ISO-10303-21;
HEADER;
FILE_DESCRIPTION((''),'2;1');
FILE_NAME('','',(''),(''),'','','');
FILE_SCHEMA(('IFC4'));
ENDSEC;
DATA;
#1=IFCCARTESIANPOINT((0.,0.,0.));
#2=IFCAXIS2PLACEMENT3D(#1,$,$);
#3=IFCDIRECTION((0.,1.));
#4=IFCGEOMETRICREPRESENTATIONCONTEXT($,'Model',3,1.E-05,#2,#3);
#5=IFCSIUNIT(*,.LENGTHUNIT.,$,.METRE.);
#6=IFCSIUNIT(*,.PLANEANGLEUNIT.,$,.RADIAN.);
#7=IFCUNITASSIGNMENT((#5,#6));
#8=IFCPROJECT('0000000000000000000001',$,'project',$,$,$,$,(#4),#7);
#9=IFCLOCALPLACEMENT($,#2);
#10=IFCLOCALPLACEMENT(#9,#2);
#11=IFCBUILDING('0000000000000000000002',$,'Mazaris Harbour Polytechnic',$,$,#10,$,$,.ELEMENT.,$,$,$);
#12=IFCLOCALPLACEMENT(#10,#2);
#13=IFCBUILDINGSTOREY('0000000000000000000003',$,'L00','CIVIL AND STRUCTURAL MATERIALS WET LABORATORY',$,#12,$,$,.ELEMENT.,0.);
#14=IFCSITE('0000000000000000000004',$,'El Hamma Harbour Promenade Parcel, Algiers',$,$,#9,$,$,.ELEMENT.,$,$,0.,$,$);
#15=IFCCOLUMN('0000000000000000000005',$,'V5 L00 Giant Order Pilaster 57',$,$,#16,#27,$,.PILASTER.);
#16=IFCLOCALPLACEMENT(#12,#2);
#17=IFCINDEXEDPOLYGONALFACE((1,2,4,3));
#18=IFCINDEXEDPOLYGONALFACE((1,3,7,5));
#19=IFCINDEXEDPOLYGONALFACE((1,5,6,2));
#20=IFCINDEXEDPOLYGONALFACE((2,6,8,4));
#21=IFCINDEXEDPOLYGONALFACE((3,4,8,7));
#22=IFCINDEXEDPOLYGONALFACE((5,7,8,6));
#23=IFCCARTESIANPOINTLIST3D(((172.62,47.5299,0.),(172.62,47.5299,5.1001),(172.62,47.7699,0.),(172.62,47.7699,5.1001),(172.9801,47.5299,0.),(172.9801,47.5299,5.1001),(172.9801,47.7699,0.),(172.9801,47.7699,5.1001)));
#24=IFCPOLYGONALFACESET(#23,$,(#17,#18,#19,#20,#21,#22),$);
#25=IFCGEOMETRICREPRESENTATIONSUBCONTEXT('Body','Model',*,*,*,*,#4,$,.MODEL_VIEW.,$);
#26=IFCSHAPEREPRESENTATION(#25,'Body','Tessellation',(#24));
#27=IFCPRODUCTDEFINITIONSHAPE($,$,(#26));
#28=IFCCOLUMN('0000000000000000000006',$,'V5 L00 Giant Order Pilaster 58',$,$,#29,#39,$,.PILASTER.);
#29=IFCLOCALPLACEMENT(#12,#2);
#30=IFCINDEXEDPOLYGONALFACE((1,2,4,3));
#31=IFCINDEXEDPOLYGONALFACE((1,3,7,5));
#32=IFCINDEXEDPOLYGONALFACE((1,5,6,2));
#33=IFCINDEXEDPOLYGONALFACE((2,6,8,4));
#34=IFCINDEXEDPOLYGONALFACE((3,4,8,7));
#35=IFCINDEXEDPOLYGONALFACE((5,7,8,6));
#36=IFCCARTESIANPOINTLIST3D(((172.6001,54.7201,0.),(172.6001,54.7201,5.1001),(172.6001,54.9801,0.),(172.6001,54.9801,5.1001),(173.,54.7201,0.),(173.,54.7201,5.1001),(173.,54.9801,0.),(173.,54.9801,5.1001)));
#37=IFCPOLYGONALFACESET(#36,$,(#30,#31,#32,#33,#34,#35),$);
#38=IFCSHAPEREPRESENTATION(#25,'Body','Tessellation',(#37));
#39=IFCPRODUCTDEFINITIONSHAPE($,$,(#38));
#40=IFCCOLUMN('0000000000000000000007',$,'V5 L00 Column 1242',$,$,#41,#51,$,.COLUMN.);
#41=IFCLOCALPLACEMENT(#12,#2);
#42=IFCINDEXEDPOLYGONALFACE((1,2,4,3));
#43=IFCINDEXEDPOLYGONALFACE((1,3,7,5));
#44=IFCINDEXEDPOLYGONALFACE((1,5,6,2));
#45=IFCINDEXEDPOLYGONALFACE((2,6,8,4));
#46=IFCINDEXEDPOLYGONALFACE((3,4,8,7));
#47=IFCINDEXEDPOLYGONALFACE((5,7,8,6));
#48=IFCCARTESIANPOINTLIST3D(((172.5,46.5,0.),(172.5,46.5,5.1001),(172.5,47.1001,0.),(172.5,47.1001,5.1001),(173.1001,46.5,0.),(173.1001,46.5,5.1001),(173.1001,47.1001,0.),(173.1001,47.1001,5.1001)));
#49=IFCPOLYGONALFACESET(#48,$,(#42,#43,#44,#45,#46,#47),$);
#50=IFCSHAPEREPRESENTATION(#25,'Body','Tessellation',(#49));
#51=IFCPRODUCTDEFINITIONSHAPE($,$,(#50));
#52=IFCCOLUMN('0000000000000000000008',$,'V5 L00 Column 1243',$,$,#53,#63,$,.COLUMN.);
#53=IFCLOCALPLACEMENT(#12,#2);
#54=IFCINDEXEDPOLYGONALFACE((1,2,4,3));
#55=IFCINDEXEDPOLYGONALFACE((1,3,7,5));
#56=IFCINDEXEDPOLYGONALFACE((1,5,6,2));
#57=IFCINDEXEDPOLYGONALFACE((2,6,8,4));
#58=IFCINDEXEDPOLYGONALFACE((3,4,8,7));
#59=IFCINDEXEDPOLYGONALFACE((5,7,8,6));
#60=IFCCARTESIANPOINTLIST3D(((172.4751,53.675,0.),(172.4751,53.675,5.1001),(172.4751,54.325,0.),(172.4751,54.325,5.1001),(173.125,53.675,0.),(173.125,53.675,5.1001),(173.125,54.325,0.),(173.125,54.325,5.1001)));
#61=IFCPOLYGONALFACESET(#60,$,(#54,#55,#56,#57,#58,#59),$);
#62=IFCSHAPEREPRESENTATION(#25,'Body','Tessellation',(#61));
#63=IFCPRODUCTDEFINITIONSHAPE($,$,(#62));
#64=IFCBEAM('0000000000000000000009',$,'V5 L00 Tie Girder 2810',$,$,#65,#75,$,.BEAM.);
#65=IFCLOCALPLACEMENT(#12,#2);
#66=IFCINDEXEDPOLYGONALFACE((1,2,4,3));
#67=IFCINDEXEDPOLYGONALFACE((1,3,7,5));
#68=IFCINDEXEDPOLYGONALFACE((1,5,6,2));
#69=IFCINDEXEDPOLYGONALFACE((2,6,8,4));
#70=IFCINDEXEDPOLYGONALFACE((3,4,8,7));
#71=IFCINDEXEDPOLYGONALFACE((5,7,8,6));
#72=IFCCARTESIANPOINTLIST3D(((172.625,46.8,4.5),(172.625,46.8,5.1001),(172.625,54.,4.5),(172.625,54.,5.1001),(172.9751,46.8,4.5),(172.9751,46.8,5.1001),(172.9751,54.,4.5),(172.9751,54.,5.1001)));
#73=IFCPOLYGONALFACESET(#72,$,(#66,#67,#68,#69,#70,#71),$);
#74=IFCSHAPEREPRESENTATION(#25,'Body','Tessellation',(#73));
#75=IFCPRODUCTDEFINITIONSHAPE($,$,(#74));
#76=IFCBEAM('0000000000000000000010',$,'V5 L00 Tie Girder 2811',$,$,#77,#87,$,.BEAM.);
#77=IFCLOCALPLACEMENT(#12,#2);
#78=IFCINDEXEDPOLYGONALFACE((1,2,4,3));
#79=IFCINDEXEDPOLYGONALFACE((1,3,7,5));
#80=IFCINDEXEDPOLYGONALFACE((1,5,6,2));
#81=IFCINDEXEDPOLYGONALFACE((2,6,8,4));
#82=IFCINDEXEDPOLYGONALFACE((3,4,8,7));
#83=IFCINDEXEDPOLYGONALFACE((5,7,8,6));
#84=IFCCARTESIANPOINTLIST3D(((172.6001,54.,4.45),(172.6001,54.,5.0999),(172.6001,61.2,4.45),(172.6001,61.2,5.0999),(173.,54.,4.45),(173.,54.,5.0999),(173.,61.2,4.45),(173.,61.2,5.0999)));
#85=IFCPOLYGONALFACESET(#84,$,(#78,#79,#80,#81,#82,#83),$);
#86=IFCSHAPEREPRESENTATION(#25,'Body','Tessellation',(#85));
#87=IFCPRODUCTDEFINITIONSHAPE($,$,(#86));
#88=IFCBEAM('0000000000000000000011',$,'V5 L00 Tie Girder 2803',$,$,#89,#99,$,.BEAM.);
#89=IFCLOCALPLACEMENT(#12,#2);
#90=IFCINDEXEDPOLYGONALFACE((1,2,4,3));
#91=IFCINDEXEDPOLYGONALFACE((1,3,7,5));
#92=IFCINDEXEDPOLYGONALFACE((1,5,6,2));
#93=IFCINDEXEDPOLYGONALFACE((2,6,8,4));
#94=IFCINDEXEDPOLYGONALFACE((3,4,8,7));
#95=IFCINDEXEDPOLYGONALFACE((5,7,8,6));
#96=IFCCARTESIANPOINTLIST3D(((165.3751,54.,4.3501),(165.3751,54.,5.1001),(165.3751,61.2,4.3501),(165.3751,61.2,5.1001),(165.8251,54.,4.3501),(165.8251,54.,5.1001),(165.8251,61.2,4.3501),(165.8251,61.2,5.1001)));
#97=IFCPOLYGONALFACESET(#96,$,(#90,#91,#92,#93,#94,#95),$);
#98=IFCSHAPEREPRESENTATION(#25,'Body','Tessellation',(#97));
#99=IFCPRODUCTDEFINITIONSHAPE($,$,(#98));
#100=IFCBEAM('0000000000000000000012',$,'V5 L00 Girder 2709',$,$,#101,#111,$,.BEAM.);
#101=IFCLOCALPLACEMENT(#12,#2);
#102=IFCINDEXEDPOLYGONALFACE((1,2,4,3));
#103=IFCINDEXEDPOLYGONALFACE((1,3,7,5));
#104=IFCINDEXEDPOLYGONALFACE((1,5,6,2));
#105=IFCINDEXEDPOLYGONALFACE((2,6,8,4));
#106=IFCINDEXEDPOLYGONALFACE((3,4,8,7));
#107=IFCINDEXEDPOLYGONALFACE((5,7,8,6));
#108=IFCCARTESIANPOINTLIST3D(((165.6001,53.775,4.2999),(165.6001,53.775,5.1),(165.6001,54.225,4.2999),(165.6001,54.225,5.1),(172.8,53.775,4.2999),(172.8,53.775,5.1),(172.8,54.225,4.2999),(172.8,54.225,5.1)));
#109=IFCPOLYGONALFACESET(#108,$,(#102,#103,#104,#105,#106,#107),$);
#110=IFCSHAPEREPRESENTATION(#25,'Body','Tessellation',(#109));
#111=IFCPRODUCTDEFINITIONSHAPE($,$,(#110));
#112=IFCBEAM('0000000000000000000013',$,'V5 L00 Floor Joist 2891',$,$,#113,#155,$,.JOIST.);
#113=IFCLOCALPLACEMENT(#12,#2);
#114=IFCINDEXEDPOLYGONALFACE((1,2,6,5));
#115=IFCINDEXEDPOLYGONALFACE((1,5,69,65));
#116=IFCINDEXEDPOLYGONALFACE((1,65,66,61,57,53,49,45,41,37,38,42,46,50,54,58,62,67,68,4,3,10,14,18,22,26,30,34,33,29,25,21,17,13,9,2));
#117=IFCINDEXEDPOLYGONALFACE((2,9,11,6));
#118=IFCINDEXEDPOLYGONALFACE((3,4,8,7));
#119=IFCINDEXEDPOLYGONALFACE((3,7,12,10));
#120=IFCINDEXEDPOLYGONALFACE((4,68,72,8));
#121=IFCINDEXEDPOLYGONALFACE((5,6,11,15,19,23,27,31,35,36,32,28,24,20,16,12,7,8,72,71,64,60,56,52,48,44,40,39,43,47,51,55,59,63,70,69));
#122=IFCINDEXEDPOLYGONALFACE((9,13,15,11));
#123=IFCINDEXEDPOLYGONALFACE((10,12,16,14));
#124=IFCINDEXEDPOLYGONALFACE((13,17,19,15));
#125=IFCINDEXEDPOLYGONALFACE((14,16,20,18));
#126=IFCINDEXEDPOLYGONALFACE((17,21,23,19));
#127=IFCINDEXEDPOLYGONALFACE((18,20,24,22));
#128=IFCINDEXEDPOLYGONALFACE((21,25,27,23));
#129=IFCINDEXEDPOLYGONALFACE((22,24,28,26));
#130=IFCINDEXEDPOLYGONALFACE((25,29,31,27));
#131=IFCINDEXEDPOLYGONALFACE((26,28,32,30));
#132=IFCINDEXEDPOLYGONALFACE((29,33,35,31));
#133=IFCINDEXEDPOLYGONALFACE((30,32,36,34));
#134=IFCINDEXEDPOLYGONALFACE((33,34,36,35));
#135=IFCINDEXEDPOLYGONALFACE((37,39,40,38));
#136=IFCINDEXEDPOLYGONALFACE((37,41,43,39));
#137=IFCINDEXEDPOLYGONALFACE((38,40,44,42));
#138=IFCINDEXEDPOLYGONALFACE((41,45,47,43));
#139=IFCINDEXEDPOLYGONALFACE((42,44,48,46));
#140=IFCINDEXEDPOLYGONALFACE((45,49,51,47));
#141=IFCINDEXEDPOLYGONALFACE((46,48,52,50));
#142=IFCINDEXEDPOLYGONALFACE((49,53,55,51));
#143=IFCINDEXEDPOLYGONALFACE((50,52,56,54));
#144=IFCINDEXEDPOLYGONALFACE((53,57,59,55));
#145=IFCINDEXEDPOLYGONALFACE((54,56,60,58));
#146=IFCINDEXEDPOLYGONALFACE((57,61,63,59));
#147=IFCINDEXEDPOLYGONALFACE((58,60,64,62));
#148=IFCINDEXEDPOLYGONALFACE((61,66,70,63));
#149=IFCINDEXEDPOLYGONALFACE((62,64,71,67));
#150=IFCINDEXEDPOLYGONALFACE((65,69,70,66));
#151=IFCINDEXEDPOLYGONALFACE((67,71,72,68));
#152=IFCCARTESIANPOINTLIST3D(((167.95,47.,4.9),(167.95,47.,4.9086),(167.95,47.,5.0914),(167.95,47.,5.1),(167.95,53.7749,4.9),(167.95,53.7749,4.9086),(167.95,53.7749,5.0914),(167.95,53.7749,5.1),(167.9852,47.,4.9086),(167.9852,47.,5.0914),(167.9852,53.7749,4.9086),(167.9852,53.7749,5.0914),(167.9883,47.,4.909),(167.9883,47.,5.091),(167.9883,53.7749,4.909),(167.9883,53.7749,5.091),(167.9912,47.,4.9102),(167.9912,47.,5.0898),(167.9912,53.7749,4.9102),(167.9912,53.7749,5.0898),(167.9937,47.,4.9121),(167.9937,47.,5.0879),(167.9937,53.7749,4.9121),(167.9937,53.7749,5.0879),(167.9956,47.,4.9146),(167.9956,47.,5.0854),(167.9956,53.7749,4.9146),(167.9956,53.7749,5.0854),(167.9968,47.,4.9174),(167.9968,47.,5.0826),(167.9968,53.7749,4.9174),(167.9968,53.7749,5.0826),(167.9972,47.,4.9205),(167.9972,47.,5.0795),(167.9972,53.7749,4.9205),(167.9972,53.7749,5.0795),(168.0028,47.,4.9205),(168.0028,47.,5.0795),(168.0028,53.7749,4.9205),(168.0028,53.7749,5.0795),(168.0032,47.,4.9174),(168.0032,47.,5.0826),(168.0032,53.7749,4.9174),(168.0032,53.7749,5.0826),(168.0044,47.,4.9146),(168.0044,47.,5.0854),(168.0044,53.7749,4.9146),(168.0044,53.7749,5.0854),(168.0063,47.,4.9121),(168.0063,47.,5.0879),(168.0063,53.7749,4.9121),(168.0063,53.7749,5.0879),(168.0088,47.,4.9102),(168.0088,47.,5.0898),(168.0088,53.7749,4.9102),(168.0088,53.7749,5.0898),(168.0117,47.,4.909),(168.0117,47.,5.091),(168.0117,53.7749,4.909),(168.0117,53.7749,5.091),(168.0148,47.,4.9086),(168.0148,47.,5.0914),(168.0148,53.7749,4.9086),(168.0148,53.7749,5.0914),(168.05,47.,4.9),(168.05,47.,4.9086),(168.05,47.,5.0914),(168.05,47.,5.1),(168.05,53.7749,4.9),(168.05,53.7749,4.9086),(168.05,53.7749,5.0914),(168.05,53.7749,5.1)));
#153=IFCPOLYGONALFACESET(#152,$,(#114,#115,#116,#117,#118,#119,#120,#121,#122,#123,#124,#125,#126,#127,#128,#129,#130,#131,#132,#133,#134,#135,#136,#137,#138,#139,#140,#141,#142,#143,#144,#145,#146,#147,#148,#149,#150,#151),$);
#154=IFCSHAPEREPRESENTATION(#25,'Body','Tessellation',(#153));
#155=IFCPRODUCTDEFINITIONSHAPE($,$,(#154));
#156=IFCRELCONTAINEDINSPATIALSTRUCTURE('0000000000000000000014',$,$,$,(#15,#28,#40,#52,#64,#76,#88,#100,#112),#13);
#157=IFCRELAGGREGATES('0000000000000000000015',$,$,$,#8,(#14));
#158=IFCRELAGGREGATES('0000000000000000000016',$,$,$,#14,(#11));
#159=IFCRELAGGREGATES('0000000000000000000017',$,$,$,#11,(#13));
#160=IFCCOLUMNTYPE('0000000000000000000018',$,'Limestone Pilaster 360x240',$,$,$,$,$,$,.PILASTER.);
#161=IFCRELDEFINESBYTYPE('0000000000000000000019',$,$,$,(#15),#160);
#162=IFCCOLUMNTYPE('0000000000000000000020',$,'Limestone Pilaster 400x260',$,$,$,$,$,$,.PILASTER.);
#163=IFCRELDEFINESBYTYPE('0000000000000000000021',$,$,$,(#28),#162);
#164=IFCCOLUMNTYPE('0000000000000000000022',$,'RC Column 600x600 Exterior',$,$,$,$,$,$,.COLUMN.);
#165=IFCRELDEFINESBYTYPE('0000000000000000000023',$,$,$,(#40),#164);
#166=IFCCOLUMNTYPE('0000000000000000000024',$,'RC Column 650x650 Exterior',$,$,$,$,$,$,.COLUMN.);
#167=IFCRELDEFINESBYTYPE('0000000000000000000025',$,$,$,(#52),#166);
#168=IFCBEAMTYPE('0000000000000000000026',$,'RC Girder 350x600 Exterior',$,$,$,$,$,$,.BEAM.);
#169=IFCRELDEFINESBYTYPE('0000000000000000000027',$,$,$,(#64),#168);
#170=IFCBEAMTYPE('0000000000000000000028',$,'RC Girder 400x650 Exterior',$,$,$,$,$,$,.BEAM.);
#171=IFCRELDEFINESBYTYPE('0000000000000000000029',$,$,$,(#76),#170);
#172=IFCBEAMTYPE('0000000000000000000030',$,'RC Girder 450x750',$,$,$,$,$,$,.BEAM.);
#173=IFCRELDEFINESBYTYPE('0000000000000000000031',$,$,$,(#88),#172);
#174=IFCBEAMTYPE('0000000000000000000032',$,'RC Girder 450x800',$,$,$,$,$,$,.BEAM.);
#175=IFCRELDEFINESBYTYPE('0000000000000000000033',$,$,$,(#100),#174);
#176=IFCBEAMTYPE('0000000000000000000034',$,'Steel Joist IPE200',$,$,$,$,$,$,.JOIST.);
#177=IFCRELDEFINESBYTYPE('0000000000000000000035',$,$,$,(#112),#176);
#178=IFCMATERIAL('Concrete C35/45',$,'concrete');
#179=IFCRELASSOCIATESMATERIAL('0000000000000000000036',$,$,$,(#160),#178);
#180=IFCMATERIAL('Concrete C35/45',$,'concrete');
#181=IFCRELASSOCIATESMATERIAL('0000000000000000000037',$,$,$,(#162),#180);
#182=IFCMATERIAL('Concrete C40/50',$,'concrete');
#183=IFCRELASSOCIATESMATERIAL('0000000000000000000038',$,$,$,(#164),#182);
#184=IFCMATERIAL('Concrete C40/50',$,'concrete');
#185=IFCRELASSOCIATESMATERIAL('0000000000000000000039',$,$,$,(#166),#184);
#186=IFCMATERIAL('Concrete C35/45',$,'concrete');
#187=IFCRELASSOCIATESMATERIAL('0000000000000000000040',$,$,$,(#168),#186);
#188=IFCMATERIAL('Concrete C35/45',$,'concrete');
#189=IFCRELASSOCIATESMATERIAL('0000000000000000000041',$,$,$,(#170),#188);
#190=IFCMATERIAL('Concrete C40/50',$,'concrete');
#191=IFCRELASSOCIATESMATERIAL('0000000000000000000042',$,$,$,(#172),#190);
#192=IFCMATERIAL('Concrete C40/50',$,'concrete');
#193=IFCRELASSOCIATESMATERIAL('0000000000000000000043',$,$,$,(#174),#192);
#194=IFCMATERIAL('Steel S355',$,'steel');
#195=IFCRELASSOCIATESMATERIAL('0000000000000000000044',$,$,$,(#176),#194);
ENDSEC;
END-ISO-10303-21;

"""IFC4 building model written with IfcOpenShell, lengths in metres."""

from ifc_helpers import new_model, si_unit, direction, frame, origin, origin_2d, place, context, subcontext, project, spatial, rectangle, i_section, extrude, material, material_profile, profile_set, type_object, element, save


model = new_model("IFC4")

# Units and contexts
model_context = context("Model", 3, precision=1e-05, world=origin(), true_north=direction((0.0, 1.0)))
body_context = subcontext(model_context, "Body", "Model", "MODEL_VIEW")
ifc_project = project(units=[si_unit("LENGTHUNIT", "METRE"), si_unit("PLANEANGLEUNIT", "RADIAN")], contexts=[model_context])

# Site, building, storey
site_placement = place(None, origin())
site = spatial("IfcSite", under=ifc_project, at=site_placement, Name="El Hamma Harbour Promenade Parcel, Algiers", CompositionType="ELEMENT", RefElevation=0.0)
building_placement = place(site_placement, origin())
building = spatial("IfcBuilding", under=site, at=building_placement, Name="Mazaris Harbour Polytechnic", CompositionType="ELEMENT")
storey_placement = place(building_placement, origin())
storey = spatial("IfcBuildingStorey", under=building, at=storey_placement, Name="L00", Description="CIVIL AND STRUCTURAL MATERIALS WET LABORATORY", CompositionType="ELEMENT", Elevation=0.0)

# Columns
ifc_material_1 = material(Name="Concrete C35/45", Category="concrete")
ifc_material_profile_1 = material_profile(ifc_material_1, rectangle(XDim=0.3601, YDim=0.24, at=origin_2d()), Name="RECT360x240")
ifc_profile_set_1 = profile_set([ifc_material_profile_1], Name="Concrete C35/45")
column_type_1 = type_object("IfcColumnType", Name="Limestone Pilaster 360x240", PredefinedType="PILASTER", material=ifc_profile_set_1)
column_1_placement = place(storey_placement, frame((172.8, 47.6499, 0.0), z_axis=(0.0, 0.0, 1.0), x_axis=(1.0, 0.0, 0.0)))
element("IfcColumn", 1, at=column_1_placement, inside=storey, type_object=column_type_1, Name="V5 L00 Giant Order Pilaster 57", PredefinedType="PILASTER", context=body_context, shape_type="SweptSolid", body=[
    extrude(rectangle(XDim=0.3601, YDim=0.24, at=origin_2d()), origin(), (0.0, 0.0, 1.0), 5.1001),
])
ifc_material_2 = material(Name="Concrete C35/45", Category="concrete")
ifc_material_profile_2 = material_profile(ifc_material_2, rectangle(XDim=0.3999, YDim=0.26, at=origin_2d()), Name="RECT400x260")
ifc_profile_set_2 = profile_set([ifc_material_profile_2], Name="Concrete C35/45")
column_type_2 = type_object("IfcColumnType", Name="Limestone Pilaster 400x260", PredefinedType="PILASTER", material=ifc_profile_set_2)
column_2_placement = place(storey_placement, frame((172.8, 54.8501, 0.0), z_axis=(0.0, 0.0, 1.0), x_axis=(1.0, 0.0, 0.0)))
element("IfcColumn", 2, at=column_2_placement, inside=storey, type_object=column_type_2, Name="V5 L00 Giant Order Pilaster 58", PredefinedType="PILASTER", context=body_context, shape_type="SweptSolid", body=[
    extrude(rectangle(XDim=0.3999, YDim=0.26, at=origin_2d()), origin(), (0.0, 0.0, 1.0), 5.1001),
])
ifc_material_3 = material(Name="Concrete C40/50", Category="concrete")
ifc_material_profile_3 = material_profile(ifc_material_3, rectangle(XDim=0.6001, YDim=0.6001, at=origin_2d()), Name="RECT600x600")
ifc_profile_set_3 = profile_set([ifc_material_profile_3], Name="Concrete C40/50")
column_type_3 = type_object("IfcColumnType", Name="RC Column 600x600 Exterior", PredefinedType="COLUMN", material=ifc_profile_set_3)
column_3_placement = place(storey_placement, frame((172.8, 46.8, 0.0), z_axis=(0.0, 0.0, 1.0), x_axis=(1.0, 0.0, 0.0)))
element("IfcColumn", 3, at=column_3_placement, inside=storey, type_object=column_type_3, Name="V5 L00 Column 1242", PredefinedType="COLUMN", context=body_context, shape_type="SweptSolid", body=[
    extrude(rectangle(XDim=0.6001, YDim=0.6001, at=origin_2d()), origin(), (0.0, 0.0, 1.0), 5.1001),
])
ifc_material_4 = material(Name="Concrete C40/50", Category="concrete")
ifc_material_profile_4 = material_profile(ifc_material_4, rectangle(XDim=0.6499, YDim=0.6499, at=origin_2d()), Name="RECT650x650")
ifc_profile_set_4 = profile_set([ifc_material_profile_4], Name="Concrete C40/50")
column_type_4 = type_object("IfcColumnType", Name="RC Column 650x650 Exterior", PredefinedType="COLUMN", material=ifc_profile_set_4)
column_4_placement = place(storey_placement, frame((172.8, 54.0, 0.0), z_axis=(0.0, 0.0, 1.0), x_axis=(1.0, 0.0, 0.0)))
element("IfcColumn", 4, at=column_4_placement, inside=storey, type_object=column_type_4, Name="V5 L00 Column 1243", PredefinedType="COLUMN", context=body_context, shape_type="SweptSolid", body=[
    extrude(rectangle(XDim=0.6499, YDim=0.6499, at=origin_2d()), origin(), (0.0, 0.0, 1.0), 5.1001),
])

# Beams
ifc_material_5 = material(Name="Concrete C35/45", Category="concrete")
ifc_material_profile_5 = material_profile(ifc_material_5, rectangle(XDim=0.3501, YDim=0.6001, at=origin_2d()), Name="RECT350x600")
ifc_profile_set_5 = profile_set([ifc_material_profile_5], Name="Concrete C35/45")
beam_type_1 = type_object("IfcBeamType", Name="RC Girder 350x600 Exterior", PredefinedType="BEAM", material=ifc_profile_set_5)
beam_1_placement = place(storey_placement, frame((172.8, 46.8, 4.8), z_axis=(0.0, 1.0, 0.0), x_axis=(-1.0, 0.0, 0.0)))
element("IfcBeam", 5, at=beam_1_placement, inside=storey, type_object=beam_type_1, Name="V5 L00 Tie Girder 2810", PredefinedType="BEAM", context=body_context, shape_type="SweptSolid", body=[
    extrude(rectangle(XDim=0.3501, YDim=0.6001, at=origin_2d()), origin(), (0.0, 0.0, 1.0), 7.2),
])
ifc_material_6 = material(Name="Concrete C35/45", Category="concrete")
ifc_material_profile_6 = material_profile(ifc_material_6, rectangle(XDim=0.3999, YDim=0.6499, at=origin_2d()), Name="RECT400x650")
ifc_profile_set_6 = profile_set([ifc_material_profile_6], Name="Concrete C35/45")
beam_type_2 = type_object("IfcBeamType", Name="RC Girder 400x650 Exterior", PredefinedType="BEAM", material=ifc_profile_set_6)
beam_2_placement = place(storey_placement, frame((172.8, 54.0, 4.7749), z_axis=(0.0, 1.0, 0.0), x_axis=(-1.0, 0.0, 0.0)))
element("IfcBeam", 6, at=beam_2_placement, inside=storey, type_object=beam_type_2, Name="V5 L00 Tie Girder 2811", PredefinedType="BEAM", context=body_context, shape_type="SweptSolid", body=[
    extrude(rectangle(XDim=0.3999, YDim=0.6499, at=origin_2d()), origin(), (0.0, 0.0, 1.0), 7.2),
])
ifc_material_7 = material(Name="Concrete C40/50", Category="concrete")
ifc_material_profile_7 = material_profile(ifc_material_7, rectangle(XDim=0.45, YDim=0.75, at=origin_2d()), Name="RECT450x750")
ifc_profile_set_7 = profile_set([ifc_material_profile_7], Name="Concrete C40/50")
beam_type_3 = type_object("IfcBeamType", Name="RC Girder 450x750", PredefinedType="BEAM", material=ifc_profile_set_7)
beam_3_placement = place(storey_placement, frame((165.6001, 54.0, 4.7251), z_axis=(0.0, 1.0, 0.0), x_axis=(-1.0, 0.0, 0.0)))
element("IfcBeam", 7, at=beam_3_placement, inside=storey, type_object=beam_type_3, Name="V5 L00 Tie Girder 2803", PredefinedType="BEAM", context=body_context, shape_type="SweptSolid", body=[
    extrude(rectangle(XDim=0.45, YDim=0.75, at=origin_2d()), origin(), (0.0, 0.0, 1.0), 7.2),
])
ifc_material_8 = material(Name="Concrete C40/50", Category="concrete")
ifc_material_profile_8 = material_profile(ifc_material_8, rectangle(XDim=0.45, YDim=0.8, at=origin_2d()), Name="RECT450x800")
ifc_profile_set_8 = profile_set([ifc_material_profile_8], Name="Concrete C40/50")
beam_type_4 = type_object("IfcBeamType", Name="RC Girder 450x800", PredefinedType="BEAM", material=ifc_profile_set_8)
beam_4_placement = place(storey_placement, frame((165.6001, 54.0, 4.7), z_axis=(1.0, 0.0, 0.0), x_axis=(0.0, 1.0, 0.0)))
element("IfcBeam", 8, at=beam_4_placement, inside=storey, type_object=beam_type_4, Name="V5 L00 Girder 2709", PredefinedType="BEAM", context=body_context, shape_type="SweptSolid", body=[
    extrude(rectangle(XDim=0.45, YDim=0.8, at=origin_2d()), origin(), (0.0, 0.0, 1.0), 7.2),
])
ifc_material_9 = material(Name="Steel S355", Category="steel")
ifc_material_profile_9 = material_profile(ifc_material_9, i_section(OverallWidth=0.1001, OverallDepth=0.2, WebThickness=0.0056, FlangeThickness=0.0085, FilletRadius=0.012, at=origin_2d()), Name="IPE 200")
ifc_profile_set_9 = profile_set([ifc_material_profile_9], Name="Steel S355")
beam_type_5 = type_object("IfcBeamType", Name="Steel Joist IPE200", PredefinedType="JOIST", material=ifc_profile_set_9)
beam_5_placement = place(storey_placement, frame((168.0, 47.0, 5.0), z_axis=(0.0, 1.0, 0.0), x_axis=(-1.0, 0.0, 0.0)))
element("IfcBeam", 9, at=beam_5_placement, inside=storey, type_object=beam_type_5, Name="V5 L00 Floor Joist 2891", PredefinedType="JOIST", context=body_context, shape_type="SweptSolid", body=[
    extrude(i_section(OverallWidth=0.1001, OverallDepth=0.2, WebThickness=0.0056, FlangeThickness=0.0085, FilletRadius=0.012, at=origin_2d()), origin(), (0.0, 0.0, 1.0), 6.7749),
])

save(model, "model.ifc")
